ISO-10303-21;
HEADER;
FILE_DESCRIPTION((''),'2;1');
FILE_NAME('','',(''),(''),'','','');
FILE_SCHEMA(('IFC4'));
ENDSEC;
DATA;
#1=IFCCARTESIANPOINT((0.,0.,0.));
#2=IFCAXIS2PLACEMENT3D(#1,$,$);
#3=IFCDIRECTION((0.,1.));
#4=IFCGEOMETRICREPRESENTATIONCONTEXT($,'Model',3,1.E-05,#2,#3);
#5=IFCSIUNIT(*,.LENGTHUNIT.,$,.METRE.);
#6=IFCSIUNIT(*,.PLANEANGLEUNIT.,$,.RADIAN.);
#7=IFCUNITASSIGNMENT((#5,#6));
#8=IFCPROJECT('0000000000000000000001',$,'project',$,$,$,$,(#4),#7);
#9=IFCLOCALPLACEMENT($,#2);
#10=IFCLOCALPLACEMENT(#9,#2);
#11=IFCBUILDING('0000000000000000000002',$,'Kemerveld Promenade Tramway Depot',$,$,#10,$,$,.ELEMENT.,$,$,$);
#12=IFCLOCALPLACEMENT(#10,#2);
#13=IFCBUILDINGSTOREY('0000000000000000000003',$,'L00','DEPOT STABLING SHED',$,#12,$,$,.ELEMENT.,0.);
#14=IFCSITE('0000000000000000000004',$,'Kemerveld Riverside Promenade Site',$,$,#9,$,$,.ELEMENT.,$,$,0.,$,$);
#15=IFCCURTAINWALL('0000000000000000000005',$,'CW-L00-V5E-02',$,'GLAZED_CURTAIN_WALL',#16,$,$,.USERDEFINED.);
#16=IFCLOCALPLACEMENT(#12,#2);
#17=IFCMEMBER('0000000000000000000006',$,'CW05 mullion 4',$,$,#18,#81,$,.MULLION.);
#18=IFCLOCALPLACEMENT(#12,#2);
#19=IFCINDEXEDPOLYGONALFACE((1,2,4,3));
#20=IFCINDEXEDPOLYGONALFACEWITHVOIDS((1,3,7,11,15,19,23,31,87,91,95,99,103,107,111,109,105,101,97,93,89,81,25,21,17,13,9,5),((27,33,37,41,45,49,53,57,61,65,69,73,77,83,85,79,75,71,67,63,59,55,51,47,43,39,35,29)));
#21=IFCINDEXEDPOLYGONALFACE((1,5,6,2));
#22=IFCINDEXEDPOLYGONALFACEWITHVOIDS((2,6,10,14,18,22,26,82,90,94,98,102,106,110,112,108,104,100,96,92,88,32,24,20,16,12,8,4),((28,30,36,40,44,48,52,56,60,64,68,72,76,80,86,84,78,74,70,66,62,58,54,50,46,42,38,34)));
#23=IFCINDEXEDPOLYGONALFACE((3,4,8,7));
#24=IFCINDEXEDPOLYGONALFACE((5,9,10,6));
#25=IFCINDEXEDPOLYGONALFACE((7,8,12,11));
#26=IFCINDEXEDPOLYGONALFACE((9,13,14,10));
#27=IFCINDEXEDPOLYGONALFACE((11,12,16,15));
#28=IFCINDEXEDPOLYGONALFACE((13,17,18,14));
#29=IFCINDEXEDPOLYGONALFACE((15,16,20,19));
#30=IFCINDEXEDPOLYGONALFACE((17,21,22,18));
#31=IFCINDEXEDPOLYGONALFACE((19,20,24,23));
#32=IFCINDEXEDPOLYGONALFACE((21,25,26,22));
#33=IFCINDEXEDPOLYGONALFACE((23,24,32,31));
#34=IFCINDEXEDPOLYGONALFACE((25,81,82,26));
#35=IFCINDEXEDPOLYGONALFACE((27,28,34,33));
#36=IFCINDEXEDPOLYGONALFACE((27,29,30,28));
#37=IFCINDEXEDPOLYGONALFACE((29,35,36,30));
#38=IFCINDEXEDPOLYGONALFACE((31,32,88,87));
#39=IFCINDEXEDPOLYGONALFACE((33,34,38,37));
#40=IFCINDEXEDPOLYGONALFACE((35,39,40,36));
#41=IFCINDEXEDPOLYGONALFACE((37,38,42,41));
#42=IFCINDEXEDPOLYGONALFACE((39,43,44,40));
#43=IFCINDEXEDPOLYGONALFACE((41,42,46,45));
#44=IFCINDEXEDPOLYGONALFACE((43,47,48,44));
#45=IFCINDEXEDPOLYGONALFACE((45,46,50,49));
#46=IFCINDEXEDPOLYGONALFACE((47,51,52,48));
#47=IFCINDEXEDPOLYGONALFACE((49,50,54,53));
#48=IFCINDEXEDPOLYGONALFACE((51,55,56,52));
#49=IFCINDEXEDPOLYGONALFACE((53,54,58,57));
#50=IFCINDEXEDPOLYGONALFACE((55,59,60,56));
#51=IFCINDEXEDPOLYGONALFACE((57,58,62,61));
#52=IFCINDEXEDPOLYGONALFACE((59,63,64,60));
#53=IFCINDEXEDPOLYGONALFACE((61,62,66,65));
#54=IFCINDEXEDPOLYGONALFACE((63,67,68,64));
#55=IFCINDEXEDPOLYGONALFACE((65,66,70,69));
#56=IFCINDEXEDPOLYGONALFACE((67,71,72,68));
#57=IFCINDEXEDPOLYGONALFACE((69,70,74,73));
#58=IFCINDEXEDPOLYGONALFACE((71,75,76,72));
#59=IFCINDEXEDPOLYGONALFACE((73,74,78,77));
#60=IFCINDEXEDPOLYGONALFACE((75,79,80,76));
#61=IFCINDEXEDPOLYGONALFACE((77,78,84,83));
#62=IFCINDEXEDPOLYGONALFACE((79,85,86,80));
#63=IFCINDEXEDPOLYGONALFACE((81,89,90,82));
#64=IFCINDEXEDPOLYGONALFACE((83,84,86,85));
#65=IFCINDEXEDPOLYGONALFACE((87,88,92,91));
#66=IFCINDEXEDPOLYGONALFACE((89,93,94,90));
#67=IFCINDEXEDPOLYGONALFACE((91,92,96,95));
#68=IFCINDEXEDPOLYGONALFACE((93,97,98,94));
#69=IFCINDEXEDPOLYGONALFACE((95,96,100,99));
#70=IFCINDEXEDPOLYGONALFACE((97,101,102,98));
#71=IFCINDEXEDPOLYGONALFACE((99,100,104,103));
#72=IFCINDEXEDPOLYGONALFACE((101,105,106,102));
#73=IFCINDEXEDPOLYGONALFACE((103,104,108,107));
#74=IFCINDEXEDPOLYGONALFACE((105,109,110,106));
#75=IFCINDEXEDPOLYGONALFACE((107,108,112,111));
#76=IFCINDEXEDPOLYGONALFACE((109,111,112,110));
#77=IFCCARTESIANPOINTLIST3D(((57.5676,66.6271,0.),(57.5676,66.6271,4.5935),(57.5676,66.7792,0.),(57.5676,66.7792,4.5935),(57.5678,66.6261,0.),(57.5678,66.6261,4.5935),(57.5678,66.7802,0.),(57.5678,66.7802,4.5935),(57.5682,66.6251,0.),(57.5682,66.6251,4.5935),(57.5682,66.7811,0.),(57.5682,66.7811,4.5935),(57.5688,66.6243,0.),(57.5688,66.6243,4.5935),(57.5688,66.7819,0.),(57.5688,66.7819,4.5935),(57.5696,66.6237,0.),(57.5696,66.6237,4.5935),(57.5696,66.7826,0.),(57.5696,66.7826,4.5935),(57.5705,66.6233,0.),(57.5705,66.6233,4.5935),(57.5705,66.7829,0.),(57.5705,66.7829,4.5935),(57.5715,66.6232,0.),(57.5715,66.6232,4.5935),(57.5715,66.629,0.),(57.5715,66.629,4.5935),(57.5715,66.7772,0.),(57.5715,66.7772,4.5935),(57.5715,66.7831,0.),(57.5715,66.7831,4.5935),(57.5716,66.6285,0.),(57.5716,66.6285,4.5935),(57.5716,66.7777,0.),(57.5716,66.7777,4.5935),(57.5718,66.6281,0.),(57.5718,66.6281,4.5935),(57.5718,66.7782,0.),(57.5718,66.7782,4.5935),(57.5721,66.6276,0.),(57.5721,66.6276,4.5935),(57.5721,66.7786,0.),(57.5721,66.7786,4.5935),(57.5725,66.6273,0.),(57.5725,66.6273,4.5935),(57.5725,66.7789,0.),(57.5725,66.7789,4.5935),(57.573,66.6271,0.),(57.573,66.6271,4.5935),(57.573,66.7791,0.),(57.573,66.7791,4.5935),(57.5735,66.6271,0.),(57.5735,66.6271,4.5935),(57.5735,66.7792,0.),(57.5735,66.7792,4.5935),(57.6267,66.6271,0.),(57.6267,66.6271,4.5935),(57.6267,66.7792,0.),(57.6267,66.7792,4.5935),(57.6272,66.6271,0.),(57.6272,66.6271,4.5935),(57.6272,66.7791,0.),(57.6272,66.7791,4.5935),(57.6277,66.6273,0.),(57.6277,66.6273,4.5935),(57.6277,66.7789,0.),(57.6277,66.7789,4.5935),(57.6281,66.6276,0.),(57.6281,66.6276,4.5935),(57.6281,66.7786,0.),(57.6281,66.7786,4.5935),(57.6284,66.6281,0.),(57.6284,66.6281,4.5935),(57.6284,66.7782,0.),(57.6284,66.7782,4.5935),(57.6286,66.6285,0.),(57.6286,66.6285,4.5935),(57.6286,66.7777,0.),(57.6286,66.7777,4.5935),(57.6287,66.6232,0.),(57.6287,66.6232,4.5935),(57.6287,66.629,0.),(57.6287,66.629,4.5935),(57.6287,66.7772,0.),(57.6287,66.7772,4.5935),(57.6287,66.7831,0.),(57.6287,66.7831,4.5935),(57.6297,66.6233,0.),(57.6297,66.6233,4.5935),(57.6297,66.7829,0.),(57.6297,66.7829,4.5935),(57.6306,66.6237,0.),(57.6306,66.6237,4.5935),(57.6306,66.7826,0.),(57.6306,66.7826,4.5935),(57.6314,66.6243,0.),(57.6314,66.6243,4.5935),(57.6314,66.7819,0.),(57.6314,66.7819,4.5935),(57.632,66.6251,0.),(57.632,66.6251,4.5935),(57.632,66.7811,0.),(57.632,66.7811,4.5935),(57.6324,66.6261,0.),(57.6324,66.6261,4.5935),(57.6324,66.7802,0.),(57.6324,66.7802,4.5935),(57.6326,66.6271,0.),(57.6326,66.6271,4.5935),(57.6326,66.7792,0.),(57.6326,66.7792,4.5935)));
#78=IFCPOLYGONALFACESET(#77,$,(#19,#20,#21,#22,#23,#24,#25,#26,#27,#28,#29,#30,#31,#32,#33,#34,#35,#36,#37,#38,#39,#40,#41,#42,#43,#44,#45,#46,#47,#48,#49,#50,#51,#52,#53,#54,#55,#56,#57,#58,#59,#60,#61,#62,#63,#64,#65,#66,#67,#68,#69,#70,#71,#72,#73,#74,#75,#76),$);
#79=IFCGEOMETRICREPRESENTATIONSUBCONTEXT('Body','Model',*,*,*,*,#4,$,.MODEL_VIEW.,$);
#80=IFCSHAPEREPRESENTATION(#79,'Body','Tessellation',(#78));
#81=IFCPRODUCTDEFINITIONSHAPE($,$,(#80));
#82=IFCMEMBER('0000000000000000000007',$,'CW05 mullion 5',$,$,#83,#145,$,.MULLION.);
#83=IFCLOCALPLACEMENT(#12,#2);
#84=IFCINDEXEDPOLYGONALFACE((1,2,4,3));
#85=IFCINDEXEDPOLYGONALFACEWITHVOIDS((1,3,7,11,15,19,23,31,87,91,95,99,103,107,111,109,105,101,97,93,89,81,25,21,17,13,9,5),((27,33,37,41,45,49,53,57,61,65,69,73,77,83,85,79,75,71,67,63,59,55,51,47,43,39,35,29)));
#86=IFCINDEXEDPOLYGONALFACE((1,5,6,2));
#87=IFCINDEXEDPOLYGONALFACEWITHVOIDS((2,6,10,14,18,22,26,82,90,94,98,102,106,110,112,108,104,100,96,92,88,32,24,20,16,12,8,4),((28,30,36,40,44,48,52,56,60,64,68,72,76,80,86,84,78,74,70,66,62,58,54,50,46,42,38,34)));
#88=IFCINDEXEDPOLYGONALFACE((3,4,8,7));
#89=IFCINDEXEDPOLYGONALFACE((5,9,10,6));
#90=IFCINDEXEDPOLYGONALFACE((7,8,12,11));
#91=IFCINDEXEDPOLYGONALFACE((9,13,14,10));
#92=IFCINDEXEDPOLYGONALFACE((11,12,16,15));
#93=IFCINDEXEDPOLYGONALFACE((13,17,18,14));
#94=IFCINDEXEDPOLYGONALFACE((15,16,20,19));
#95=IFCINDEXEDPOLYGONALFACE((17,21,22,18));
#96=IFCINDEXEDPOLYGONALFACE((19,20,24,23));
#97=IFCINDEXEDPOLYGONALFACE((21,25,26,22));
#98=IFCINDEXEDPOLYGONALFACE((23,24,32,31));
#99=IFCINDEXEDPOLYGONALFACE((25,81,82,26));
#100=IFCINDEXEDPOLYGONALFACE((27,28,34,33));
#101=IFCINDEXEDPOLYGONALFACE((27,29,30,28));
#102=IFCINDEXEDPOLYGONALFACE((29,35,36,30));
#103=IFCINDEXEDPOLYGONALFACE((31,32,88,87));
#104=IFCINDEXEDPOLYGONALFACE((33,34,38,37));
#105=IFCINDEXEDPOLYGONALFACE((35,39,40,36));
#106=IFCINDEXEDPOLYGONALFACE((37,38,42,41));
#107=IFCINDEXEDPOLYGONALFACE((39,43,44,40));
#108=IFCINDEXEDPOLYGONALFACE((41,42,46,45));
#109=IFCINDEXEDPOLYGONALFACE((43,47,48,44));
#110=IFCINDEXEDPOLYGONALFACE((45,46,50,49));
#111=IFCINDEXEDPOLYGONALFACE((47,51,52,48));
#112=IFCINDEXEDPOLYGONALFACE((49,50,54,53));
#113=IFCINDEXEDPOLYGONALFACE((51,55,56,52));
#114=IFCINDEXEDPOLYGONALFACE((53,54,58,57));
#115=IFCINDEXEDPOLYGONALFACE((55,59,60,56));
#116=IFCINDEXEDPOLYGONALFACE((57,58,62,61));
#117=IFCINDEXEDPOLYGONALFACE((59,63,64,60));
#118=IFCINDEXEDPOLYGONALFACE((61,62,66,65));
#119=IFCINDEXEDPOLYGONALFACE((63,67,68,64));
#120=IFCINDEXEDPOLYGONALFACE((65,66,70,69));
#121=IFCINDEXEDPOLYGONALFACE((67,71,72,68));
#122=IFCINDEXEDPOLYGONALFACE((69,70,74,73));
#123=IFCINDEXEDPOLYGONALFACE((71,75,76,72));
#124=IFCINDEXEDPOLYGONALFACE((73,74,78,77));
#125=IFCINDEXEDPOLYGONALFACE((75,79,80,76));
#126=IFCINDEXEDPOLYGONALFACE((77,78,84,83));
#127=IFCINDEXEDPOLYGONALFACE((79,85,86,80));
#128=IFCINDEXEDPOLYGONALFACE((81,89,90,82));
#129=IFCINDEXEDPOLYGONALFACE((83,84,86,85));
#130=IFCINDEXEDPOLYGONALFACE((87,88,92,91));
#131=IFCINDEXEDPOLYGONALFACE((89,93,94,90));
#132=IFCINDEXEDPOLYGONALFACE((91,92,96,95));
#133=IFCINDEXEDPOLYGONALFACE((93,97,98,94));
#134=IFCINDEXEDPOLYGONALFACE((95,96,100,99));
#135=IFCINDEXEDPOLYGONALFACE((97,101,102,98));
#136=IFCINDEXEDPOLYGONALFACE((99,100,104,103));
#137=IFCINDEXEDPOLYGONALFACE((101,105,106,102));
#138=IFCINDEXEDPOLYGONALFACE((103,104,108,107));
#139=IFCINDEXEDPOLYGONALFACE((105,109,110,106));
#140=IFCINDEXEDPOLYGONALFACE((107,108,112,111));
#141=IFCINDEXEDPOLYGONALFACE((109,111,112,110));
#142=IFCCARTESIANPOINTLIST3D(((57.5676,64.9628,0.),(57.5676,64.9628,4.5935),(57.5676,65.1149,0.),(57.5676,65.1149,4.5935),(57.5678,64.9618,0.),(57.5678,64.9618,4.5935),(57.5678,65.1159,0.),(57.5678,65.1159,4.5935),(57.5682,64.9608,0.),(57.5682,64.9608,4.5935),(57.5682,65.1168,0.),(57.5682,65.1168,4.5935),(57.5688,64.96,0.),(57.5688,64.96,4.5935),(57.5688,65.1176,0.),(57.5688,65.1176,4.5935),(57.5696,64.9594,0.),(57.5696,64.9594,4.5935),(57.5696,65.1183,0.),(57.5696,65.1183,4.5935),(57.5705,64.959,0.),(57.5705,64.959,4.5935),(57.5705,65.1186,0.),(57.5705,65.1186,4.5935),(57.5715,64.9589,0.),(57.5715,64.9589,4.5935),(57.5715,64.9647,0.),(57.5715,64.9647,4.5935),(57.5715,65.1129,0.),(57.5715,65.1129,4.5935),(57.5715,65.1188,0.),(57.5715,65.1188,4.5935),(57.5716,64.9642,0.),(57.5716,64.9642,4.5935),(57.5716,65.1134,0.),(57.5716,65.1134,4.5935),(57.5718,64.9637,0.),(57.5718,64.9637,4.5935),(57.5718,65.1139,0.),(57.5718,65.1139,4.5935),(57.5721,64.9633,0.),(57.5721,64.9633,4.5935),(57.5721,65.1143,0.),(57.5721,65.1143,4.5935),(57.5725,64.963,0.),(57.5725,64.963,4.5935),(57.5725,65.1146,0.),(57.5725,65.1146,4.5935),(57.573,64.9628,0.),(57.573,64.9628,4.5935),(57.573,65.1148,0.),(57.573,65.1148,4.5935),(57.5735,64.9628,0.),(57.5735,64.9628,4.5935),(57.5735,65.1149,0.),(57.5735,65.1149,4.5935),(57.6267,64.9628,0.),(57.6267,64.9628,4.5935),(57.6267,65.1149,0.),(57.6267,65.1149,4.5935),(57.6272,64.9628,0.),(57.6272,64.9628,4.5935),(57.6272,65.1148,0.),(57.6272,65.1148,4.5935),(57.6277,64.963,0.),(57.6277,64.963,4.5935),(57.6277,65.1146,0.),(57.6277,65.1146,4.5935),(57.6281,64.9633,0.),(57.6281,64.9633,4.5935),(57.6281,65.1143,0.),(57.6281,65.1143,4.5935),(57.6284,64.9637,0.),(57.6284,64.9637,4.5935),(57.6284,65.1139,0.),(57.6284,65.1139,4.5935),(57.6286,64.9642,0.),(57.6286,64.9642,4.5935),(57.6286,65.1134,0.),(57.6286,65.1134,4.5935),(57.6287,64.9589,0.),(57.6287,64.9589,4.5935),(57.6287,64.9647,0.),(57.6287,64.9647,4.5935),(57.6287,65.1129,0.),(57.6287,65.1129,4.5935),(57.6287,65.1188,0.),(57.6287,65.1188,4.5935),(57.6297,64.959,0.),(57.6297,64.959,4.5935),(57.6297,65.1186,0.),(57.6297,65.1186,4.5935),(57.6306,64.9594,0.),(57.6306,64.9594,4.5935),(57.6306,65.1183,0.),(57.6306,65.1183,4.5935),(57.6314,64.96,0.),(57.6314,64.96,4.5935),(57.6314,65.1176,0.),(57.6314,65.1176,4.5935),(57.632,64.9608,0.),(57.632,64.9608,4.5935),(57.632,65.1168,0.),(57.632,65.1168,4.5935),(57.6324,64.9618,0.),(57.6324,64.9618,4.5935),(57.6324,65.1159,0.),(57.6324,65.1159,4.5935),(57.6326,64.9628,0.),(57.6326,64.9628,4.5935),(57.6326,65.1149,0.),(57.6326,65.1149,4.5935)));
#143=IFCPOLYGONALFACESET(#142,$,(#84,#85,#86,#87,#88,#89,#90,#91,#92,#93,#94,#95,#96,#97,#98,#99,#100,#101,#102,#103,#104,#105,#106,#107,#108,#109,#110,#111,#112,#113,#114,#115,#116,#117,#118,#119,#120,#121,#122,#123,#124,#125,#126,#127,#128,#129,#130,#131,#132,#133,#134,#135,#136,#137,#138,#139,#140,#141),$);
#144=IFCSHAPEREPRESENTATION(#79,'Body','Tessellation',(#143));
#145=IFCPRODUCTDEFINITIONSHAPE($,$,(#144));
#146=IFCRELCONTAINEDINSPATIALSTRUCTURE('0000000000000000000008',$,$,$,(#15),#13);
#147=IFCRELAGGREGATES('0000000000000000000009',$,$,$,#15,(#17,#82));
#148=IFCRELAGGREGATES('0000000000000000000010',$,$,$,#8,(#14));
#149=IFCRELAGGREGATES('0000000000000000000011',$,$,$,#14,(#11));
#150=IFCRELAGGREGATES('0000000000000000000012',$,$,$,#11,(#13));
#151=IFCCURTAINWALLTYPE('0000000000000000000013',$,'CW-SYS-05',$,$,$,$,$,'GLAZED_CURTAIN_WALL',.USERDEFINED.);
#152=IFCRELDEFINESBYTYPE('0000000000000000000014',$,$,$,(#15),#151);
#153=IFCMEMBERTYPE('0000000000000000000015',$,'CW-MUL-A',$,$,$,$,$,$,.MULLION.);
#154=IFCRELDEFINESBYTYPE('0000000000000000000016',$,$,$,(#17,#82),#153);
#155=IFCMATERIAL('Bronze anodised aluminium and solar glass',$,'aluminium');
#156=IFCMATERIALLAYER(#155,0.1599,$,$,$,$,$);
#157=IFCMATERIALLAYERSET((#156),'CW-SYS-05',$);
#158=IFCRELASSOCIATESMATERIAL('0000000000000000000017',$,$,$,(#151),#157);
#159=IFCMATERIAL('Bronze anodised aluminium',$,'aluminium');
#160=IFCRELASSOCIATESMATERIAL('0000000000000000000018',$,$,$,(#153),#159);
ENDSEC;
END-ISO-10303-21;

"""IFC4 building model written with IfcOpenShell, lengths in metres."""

from ifc_helpers import new_model, si_unit, direction, frame, origin, origin_2d, place, context, subcontext, project, spatial, hollow_rectangle, extrude, material, layer, layer_set, material_profile, profile_set, type_object, element, aggregate, save


model = new_model("IFC4")

# Units and contexts
model_context = context("Model", 3, precision=1e-05, world=origin(), true_north=direction((0.0, 1.0)))
body_context = subcontext(model_context, "Body", "Model", "MODEL_VIEW")
ifc_project = project(units=[si_unit("LENGTHUNIT", "METRE"), si_unit("PLANEANGLEUNIT", "RADIAN")], contexts=[model_context])

# Site, building, storey
site_placement = place(None, origin())
site = spatial("IfcSite", under=ifc_project, at=site_placement, Name="Kemerveld Riverside Promenade Site", CompositionType="ELEMENT", RefElevation=0.0)
building_placement = place(site_placement, origin())
building = spatial("IfcBuilding", under=site, at=building_placement, Name="Kemerveld Promenade Tramway Depot", CompositionType="ELEMENT")
storey_placement = place(building_placement, origin())
storey = spatial("IfcBuildingStorey", under=building, at=storey_placement, Name="L00", Description="DEPOT STABLING SHED", CompositionType="ELEMENT", Elevation=0.0)

# Curtain wall, members
ifc_material_1 = material(Name="Bronze anodised aluminium and solar glass", Category="aluminium")
ifc_layer_1 = layer(ifc_material_1, 0.1599)
ifc_layer_set_1 = layer_set([ifc_layer_1], Name="CW-SYS-05")
curtain_wall_type = type_object("IfcCurtainWallType", Name="CW-SYS-05", ElementType="GLAZED_CURTAIN_WALL", PredefinedType="USERDEFINED", material=ifc_layer_set_1)
curtain_wall_placement = place(storey_placement, origin())
curtain_wall = element("IfcCurtainWall", 1, at=curtain_wall_placement, inside=storey, type_object=curtain_wall_type, Name="CW-L00-V5E-02", ObjectType="GLAZED_CURTAIN_WALL", PredefinedType="USERDEFINED")
ifc_material_2 = material(Name="Bronze anodised aluminium", Category="aluminium")
ifc_material_profile_1 = material_profile(ifc_material_2, hollow_rectangle(XDim=0.0649, YDim=0.1599, WallThickness=0.0039, InnerFilletRadius=0.002, OuterFilletRadius=0.0039, at=origin_2d()), Name="CW-MUL-160x65")
ifc_profile_set_1 = profile_set([ifc_material_profile_1], Name="Bronze anodised aluminium")
member_type_1 = type_object("IfcMemberType", Name="CW-MUL-A", PredefinedType="MULLION", material=ifc_profile_set_1)
member_1_placement = place(storey_placement, frame((57.6001, 66.7031, 0.0), z_axis=(0.0, 0.0, 1.0), x_axis=(1.0, 0.0, 0.0)))
member_1 = element("IfcMember", 2, at=member_1_placement, type_object=member_type_1, Name="CW05 mullion 4", PredefinedType="MULLION", context=body_context, shape_type="SweptSolid", body=[
    extrude(hollow_rectangle(XDim=0.0649, YDim=0.1599, WallThickness=0.0039, InnerFilletRadius=0.002, OuterFilletRadius=0.0039, at=origin_2d()), origin(), (0.0, 0.0, 1.0), 4.5935),
])
member_2_placement = place(storey_placement, frame((57.6001, 65.0388, 0.0), z_axis=(0.0, 0.0, 1.0), x_axis=(1.0, 0.0, 0.0)))
member_2 = element("IfcMember", 3, at=member_2_placement, type_object=member_type_1, Name="CW05 mullion 5", PredefinedType="MULLION", context=body_context, shape_type="SweptSolid", body=[
    extrude(hollow_rectangle(XDim=0.0649, YDim=0.1599, WallThickness=0.0039, InnerFilletRadius=0.002, OuterFilletRadius=0.0039, at=origin_2d()), origin(), (0.0, 0.0, 1.0), 4.5935),
])
aggregate(curtain_wall, [member_1, member_2])

save(model, "model.ifc")
